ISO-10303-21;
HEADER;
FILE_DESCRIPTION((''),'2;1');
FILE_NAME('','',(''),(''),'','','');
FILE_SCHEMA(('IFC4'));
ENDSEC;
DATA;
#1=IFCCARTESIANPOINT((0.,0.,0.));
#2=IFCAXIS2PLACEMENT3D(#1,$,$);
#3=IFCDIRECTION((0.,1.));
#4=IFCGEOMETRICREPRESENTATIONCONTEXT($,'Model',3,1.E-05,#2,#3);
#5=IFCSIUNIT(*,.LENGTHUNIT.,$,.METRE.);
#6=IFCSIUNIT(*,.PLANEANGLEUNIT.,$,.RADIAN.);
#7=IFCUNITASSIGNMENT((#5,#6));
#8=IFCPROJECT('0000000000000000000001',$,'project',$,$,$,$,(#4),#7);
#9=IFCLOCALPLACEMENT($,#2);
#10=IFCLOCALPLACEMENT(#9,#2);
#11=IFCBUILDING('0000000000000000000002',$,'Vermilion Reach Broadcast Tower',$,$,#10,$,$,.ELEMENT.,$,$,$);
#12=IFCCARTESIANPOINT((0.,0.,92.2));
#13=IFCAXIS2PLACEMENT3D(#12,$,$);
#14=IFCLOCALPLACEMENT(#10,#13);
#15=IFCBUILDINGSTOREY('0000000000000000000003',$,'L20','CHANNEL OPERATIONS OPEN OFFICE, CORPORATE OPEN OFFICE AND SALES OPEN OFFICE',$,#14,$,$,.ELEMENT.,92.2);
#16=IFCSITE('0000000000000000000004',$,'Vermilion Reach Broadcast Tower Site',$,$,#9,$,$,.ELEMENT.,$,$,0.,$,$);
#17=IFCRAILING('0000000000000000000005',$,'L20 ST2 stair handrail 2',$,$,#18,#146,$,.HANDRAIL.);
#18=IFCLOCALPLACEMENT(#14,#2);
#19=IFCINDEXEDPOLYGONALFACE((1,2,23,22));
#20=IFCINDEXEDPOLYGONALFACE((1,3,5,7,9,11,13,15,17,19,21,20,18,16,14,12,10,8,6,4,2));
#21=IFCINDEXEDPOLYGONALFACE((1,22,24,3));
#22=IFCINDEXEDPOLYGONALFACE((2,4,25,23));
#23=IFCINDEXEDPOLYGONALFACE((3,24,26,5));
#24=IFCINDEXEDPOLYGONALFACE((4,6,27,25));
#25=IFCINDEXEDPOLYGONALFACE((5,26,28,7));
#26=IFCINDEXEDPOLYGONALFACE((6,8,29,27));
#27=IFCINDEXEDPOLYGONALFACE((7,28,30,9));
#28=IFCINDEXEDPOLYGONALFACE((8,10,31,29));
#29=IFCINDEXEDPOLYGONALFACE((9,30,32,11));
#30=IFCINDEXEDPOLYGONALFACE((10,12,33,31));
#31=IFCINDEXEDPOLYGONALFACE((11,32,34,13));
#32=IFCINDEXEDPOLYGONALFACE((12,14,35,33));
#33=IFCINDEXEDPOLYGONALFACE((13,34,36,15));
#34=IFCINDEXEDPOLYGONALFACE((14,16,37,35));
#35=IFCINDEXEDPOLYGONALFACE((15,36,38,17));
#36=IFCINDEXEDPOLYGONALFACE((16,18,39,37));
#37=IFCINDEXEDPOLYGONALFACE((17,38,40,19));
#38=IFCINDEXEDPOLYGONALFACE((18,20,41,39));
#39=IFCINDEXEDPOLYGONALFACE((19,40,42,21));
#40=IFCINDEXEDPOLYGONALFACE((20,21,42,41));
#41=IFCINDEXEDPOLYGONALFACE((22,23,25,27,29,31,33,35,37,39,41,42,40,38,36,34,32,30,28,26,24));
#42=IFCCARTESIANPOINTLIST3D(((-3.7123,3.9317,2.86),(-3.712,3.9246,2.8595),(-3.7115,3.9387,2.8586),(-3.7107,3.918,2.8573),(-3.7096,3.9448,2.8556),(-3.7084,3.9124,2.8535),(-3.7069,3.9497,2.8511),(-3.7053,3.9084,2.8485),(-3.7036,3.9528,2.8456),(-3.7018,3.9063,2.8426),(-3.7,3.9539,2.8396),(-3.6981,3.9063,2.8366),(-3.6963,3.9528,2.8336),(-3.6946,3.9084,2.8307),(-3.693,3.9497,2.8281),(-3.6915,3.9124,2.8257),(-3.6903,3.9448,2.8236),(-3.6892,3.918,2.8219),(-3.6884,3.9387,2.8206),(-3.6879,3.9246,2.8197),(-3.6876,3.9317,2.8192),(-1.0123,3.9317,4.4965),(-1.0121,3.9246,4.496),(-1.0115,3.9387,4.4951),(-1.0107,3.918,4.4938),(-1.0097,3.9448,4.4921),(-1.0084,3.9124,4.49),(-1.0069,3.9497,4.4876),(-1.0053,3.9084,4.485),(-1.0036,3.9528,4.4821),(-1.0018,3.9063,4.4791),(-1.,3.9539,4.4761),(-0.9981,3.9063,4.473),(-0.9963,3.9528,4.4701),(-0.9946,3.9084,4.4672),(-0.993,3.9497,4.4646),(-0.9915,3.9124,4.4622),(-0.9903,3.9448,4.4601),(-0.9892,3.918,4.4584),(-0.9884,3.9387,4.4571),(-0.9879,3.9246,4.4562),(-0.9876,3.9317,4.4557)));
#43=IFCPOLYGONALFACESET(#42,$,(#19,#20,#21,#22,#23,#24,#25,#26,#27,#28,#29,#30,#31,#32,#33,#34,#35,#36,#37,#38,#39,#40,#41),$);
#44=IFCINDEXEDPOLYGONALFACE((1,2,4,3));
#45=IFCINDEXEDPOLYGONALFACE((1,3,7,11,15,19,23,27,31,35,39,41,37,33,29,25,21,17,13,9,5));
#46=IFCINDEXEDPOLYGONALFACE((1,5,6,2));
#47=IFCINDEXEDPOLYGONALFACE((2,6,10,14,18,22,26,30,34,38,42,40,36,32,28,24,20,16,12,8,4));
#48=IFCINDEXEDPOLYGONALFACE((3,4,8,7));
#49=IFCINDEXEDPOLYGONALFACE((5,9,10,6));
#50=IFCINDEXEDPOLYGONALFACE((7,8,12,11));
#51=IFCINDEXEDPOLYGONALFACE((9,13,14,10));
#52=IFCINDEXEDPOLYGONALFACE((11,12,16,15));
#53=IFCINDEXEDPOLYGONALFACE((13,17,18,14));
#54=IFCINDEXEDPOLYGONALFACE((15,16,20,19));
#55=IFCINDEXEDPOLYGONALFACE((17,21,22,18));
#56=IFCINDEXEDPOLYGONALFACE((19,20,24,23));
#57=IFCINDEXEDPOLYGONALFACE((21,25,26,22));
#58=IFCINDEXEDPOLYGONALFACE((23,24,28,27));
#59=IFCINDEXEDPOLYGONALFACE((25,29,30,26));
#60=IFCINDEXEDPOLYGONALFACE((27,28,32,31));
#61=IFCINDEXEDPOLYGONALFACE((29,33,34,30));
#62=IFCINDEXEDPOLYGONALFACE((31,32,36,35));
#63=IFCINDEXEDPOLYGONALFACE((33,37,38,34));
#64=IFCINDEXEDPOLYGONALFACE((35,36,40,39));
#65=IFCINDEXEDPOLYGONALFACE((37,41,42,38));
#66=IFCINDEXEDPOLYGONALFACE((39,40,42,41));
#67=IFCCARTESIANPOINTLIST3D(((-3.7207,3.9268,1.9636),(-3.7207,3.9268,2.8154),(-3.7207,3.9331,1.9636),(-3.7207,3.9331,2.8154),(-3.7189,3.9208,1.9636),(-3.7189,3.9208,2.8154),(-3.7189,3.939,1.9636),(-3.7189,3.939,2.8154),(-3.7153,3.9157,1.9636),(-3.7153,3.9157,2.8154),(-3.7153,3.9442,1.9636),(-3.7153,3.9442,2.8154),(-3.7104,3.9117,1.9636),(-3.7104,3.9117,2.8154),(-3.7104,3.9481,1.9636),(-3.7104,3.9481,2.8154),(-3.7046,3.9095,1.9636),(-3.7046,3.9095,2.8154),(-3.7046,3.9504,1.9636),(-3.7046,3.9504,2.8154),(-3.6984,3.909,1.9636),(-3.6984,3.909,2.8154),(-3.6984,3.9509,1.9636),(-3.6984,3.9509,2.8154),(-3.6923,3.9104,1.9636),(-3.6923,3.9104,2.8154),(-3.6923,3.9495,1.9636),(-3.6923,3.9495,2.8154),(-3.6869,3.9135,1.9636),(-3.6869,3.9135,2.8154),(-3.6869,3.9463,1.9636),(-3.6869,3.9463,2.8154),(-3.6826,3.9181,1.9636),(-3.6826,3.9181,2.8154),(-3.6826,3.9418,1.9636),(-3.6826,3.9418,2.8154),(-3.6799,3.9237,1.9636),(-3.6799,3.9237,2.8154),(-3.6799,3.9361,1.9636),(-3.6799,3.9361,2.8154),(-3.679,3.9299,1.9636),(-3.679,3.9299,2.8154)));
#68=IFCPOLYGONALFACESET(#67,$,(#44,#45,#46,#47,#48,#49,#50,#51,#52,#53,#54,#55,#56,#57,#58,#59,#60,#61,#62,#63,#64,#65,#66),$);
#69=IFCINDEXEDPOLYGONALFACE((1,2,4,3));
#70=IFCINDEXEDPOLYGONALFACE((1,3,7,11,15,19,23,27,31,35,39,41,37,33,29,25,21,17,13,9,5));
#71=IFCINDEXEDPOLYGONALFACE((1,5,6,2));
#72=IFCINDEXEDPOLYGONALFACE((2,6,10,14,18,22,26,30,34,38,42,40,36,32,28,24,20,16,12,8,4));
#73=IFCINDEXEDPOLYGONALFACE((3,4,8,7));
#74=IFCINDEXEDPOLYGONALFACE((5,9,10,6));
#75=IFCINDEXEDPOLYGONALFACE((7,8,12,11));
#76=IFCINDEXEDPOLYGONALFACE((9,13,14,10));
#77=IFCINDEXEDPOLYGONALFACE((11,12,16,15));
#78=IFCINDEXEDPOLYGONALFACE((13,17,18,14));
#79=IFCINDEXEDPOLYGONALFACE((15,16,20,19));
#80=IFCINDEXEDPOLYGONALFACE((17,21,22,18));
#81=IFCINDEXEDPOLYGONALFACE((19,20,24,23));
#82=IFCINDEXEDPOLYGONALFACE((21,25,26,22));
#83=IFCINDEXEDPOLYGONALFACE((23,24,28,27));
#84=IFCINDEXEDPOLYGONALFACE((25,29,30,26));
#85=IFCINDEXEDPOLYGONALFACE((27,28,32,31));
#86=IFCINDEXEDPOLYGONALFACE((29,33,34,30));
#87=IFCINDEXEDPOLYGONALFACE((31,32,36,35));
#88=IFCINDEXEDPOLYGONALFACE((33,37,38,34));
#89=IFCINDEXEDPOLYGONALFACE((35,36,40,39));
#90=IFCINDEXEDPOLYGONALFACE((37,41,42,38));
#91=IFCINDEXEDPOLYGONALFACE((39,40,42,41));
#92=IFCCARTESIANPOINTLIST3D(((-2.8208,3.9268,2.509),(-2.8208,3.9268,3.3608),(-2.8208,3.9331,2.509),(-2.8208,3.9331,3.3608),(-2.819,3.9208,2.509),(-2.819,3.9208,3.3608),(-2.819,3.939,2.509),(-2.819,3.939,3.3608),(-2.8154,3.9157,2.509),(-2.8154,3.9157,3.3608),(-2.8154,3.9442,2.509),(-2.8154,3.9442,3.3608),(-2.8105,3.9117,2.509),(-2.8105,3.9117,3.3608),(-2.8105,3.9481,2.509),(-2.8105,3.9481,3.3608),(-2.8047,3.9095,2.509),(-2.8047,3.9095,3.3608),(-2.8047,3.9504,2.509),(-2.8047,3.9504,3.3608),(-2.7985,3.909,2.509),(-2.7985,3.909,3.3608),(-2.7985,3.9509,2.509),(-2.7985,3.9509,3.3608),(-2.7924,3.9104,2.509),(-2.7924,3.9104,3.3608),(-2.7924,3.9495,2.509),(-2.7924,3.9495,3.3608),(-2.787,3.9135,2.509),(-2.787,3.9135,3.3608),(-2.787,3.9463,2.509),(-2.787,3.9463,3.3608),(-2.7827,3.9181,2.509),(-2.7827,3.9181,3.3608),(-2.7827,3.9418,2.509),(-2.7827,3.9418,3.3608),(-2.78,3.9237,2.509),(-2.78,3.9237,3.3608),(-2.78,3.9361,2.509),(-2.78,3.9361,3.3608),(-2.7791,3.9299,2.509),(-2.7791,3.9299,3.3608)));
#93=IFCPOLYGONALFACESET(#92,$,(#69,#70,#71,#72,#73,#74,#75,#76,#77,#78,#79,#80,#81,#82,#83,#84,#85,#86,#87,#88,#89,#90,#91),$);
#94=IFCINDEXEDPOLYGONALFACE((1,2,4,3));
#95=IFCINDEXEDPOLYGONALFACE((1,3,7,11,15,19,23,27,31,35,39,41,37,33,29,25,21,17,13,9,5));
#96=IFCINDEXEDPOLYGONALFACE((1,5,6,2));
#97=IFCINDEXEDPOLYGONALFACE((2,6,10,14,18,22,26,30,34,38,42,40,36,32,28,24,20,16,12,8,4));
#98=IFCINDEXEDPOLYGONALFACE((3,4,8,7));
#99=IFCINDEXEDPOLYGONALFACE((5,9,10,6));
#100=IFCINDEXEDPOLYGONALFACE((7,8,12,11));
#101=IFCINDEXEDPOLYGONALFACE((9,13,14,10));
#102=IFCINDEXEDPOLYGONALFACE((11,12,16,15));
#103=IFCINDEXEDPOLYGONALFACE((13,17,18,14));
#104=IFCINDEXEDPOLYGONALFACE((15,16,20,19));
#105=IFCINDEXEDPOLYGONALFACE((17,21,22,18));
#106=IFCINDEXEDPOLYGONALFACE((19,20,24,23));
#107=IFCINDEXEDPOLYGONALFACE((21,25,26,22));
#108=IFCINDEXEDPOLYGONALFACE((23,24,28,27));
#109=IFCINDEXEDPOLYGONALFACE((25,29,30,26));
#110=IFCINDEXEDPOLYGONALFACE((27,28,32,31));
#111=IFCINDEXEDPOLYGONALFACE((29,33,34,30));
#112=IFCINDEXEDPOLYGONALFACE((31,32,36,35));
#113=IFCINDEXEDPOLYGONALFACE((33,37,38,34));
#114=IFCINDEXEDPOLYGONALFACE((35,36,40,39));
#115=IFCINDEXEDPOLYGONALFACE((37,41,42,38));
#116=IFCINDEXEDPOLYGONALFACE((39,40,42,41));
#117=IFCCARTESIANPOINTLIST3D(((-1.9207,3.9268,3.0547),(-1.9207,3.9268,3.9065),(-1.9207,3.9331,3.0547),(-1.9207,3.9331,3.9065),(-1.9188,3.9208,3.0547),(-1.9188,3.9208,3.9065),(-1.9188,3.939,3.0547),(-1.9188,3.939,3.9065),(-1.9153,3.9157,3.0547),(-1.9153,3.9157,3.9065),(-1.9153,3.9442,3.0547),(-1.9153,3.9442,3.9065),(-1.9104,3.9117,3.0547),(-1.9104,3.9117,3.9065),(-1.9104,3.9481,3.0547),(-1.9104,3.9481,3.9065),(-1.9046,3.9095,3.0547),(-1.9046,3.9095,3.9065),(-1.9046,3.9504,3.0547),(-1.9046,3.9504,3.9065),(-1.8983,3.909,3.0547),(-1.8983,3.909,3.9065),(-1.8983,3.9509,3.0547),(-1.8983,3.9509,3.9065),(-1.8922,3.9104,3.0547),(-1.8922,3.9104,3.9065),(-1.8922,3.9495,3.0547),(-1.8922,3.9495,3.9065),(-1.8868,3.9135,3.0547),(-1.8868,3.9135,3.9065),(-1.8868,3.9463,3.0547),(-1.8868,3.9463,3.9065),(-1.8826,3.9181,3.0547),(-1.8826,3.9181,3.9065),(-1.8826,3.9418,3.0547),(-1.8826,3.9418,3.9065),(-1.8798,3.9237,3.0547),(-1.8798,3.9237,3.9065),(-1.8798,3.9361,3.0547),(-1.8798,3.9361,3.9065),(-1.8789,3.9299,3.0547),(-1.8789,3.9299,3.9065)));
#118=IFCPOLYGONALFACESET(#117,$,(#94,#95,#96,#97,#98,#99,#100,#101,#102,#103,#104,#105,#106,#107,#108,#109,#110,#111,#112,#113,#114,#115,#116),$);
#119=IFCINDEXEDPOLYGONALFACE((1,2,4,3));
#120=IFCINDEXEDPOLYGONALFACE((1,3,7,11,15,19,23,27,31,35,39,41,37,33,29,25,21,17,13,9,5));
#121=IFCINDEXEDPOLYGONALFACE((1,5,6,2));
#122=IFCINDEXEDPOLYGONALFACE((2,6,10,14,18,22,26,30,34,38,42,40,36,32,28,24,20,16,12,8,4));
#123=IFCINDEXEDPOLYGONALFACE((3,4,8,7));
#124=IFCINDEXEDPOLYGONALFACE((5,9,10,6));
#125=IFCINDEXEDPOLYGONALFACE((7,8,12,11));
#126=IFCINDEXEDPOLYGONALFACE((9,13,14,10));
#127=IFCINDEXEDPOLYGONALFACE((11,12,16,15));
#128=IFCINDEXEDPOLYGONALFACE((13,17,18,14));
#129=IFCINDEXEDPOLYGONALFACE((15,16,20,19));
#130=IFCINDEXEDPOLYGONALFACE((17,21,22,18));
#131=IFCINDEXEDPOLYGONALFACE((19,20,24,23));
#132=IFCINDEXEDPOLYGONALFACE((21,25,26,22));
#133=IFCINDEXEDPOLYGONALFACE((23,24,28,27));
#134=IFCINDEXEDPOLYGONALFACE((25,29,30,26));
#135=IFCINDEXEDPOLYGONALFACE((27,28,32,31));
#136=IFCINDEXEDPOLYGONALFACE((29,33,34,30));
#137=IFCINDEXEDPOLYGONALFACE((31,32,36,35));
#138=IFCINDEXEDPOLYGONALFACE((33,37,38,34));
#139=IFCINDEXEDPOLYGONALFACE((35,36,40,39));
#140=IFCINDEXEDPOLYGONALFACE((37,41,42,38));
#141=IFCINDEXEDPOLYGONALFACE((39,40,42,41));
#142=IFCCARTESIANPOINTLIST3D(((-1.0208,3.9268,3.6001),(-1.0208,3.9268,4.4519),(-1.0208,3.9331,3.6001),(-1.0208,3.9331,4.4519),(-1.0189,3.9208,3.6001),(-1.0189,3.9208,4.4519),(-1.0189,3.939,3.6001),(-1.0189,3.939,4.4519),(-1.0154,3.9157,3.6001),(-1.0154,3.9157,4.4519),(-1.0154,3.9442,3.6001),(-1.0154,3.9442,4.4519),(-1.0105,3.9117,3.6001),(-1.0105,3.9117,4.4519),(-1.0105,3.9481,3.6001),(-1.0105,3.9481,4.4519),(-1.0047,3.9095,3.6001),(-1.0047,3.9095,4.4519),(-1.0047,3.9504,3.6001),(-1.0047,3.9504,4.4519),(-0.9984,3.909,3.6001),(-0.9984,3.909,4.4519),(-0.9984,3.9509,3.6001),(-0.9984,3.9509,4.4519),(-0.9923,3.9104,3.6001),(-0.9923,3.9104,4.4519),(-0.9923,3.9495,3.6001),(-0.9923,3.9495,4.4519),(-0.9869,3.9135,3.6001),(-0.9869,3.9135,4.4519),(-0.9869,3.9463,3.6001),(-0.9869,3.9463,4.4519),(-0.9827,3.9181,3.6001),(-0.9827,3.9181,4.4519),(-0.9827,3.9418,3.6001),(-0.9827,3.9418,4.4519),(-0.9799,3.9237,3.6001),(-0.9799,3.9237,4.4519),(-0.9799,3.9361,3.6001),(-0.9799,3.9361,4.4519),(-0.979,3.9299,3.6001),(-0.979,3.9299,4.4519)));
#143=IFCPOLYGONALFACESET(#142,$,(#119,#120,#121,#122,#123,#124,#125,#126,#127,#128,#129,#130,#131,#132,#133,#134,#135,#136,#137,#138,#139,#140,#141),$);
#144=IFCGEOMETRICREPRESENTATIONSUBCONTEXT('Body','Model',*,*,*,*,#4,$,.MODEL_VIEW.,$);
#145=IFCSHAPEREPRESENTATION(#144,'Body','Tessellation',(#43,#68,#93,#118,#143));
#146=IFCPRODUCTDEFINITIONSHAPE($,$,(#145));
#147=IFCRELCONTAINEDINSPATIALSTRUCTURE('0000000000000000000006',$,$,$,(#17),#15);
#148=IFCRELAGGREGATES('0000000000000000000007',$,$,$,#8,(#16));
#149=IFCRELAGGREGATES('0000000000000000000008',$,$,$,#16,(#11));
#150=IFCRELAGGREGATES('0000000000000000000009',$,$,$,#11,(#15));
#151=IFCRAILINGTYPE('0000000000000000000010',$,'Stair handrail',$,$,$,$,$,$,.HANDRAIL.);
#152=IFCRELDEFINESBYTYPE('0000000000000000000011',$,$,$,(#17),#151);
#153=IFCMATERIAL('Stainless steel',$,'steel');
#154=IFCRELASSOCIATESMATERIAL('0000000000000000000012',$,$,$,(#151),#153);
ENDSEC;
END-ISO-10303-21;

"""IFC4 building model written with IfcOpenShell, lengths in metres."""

from ifc_helpers import new_model, si_unit, direction, frame, origin, origin_2d, place, context, subcontext, project, spatial, circle, extrude, material, type_object, element, save


model = new_model("IFC4")

# Units and contexts
model_context = context("Model", 3, precision=1e-05, world=origin(), true_north=direction((0.0, 1.0)))
body_context = subcontext(model_context, "Body", "Model", "MODEL_VIEW")
ifc_project = project(units=[si_unit("LENGTHUNIT", "METRE"), si_unit("PLANEANGLEUNIT", "RADIAN")], contexts=[model_context])

# Site, building, storey
site_placement = place(None, origin())
site = spatial("IfcSite", under=ifc_project, at=site_placement, Name="Vermilion Reach Broadcast Tower Site", CompositionType="ELEMENT", RefElevation=0.0)
building_placement = place(site_placement, origin())
building = spatial("IfcBuilding", under=site, at=building_placement, Name="Vermilion Reach Broadcast Tower", CompositionType="ELEMENT")
storey_placement = place(building_placement, frame((0.0, 0.0, 92.2)))
storey = spatial("IfcBuildingStorey", under=building, at=storey_placement, Name="L20", Description="CHANNEL OPERATIONS OPEN OFFICE, CORPORATE OPEN OFFICE AND SALES OPEN OFFICE", CompositionType="ELEMENT", Elevation=92.2)

# Railing
ifc_material_1 = material(Name="Stainless steel", Category="steel")
railing_type_1 = type_object("IfcRailingType", Name="Stair handrail", PredefinedType="HANDRAIL", material=ifc_material_1)
railing_1_placement = place(storey_placement, frame((-3.7, 3.9299, 1.9636)))
element("IfcRailing", 1, at=railing_1_placement, inside=storey, type_object=railing_type_1, Name="L20 ST2 stair handrail 2", PredefinedType="HANDRAIL", context=body_context, shape_type="SweptSolid", body=[
    extrude(circle(Radius=0.0239, at=origin_2d()), frame((0.0, 0.0, 0.876), z_axis=(0.855178, 0.0, 0.518334), x_axis=(0.0, 1.0, 0.0)), (0.0, 0.0, 1.0), 3.1572),
    extrude(circle(Radius=0.021, at=origin_2d()), origin(), (0.0, 0.0, 1.0), 0.8518),
    extrude(circle(Radius=0.021, at=origin_2d()), frame((0.8999, 0.0, 0.5454)), (0.0, 0.0, 1.0), 0.8518),
    extrude(circle(Radius=0.021, at=origin_2d()), frame((1.8, 0.0, 1.0911)), (0.0, 0.0, 1.0), 0.8518),
    extrude(circle(Radius=0.021, at=origin_2d()), frame((2.7, 0.0, 1.6365)), (0.0, 0.0, 1.0), 0.8518),
])

save(model, "model.ifc")
